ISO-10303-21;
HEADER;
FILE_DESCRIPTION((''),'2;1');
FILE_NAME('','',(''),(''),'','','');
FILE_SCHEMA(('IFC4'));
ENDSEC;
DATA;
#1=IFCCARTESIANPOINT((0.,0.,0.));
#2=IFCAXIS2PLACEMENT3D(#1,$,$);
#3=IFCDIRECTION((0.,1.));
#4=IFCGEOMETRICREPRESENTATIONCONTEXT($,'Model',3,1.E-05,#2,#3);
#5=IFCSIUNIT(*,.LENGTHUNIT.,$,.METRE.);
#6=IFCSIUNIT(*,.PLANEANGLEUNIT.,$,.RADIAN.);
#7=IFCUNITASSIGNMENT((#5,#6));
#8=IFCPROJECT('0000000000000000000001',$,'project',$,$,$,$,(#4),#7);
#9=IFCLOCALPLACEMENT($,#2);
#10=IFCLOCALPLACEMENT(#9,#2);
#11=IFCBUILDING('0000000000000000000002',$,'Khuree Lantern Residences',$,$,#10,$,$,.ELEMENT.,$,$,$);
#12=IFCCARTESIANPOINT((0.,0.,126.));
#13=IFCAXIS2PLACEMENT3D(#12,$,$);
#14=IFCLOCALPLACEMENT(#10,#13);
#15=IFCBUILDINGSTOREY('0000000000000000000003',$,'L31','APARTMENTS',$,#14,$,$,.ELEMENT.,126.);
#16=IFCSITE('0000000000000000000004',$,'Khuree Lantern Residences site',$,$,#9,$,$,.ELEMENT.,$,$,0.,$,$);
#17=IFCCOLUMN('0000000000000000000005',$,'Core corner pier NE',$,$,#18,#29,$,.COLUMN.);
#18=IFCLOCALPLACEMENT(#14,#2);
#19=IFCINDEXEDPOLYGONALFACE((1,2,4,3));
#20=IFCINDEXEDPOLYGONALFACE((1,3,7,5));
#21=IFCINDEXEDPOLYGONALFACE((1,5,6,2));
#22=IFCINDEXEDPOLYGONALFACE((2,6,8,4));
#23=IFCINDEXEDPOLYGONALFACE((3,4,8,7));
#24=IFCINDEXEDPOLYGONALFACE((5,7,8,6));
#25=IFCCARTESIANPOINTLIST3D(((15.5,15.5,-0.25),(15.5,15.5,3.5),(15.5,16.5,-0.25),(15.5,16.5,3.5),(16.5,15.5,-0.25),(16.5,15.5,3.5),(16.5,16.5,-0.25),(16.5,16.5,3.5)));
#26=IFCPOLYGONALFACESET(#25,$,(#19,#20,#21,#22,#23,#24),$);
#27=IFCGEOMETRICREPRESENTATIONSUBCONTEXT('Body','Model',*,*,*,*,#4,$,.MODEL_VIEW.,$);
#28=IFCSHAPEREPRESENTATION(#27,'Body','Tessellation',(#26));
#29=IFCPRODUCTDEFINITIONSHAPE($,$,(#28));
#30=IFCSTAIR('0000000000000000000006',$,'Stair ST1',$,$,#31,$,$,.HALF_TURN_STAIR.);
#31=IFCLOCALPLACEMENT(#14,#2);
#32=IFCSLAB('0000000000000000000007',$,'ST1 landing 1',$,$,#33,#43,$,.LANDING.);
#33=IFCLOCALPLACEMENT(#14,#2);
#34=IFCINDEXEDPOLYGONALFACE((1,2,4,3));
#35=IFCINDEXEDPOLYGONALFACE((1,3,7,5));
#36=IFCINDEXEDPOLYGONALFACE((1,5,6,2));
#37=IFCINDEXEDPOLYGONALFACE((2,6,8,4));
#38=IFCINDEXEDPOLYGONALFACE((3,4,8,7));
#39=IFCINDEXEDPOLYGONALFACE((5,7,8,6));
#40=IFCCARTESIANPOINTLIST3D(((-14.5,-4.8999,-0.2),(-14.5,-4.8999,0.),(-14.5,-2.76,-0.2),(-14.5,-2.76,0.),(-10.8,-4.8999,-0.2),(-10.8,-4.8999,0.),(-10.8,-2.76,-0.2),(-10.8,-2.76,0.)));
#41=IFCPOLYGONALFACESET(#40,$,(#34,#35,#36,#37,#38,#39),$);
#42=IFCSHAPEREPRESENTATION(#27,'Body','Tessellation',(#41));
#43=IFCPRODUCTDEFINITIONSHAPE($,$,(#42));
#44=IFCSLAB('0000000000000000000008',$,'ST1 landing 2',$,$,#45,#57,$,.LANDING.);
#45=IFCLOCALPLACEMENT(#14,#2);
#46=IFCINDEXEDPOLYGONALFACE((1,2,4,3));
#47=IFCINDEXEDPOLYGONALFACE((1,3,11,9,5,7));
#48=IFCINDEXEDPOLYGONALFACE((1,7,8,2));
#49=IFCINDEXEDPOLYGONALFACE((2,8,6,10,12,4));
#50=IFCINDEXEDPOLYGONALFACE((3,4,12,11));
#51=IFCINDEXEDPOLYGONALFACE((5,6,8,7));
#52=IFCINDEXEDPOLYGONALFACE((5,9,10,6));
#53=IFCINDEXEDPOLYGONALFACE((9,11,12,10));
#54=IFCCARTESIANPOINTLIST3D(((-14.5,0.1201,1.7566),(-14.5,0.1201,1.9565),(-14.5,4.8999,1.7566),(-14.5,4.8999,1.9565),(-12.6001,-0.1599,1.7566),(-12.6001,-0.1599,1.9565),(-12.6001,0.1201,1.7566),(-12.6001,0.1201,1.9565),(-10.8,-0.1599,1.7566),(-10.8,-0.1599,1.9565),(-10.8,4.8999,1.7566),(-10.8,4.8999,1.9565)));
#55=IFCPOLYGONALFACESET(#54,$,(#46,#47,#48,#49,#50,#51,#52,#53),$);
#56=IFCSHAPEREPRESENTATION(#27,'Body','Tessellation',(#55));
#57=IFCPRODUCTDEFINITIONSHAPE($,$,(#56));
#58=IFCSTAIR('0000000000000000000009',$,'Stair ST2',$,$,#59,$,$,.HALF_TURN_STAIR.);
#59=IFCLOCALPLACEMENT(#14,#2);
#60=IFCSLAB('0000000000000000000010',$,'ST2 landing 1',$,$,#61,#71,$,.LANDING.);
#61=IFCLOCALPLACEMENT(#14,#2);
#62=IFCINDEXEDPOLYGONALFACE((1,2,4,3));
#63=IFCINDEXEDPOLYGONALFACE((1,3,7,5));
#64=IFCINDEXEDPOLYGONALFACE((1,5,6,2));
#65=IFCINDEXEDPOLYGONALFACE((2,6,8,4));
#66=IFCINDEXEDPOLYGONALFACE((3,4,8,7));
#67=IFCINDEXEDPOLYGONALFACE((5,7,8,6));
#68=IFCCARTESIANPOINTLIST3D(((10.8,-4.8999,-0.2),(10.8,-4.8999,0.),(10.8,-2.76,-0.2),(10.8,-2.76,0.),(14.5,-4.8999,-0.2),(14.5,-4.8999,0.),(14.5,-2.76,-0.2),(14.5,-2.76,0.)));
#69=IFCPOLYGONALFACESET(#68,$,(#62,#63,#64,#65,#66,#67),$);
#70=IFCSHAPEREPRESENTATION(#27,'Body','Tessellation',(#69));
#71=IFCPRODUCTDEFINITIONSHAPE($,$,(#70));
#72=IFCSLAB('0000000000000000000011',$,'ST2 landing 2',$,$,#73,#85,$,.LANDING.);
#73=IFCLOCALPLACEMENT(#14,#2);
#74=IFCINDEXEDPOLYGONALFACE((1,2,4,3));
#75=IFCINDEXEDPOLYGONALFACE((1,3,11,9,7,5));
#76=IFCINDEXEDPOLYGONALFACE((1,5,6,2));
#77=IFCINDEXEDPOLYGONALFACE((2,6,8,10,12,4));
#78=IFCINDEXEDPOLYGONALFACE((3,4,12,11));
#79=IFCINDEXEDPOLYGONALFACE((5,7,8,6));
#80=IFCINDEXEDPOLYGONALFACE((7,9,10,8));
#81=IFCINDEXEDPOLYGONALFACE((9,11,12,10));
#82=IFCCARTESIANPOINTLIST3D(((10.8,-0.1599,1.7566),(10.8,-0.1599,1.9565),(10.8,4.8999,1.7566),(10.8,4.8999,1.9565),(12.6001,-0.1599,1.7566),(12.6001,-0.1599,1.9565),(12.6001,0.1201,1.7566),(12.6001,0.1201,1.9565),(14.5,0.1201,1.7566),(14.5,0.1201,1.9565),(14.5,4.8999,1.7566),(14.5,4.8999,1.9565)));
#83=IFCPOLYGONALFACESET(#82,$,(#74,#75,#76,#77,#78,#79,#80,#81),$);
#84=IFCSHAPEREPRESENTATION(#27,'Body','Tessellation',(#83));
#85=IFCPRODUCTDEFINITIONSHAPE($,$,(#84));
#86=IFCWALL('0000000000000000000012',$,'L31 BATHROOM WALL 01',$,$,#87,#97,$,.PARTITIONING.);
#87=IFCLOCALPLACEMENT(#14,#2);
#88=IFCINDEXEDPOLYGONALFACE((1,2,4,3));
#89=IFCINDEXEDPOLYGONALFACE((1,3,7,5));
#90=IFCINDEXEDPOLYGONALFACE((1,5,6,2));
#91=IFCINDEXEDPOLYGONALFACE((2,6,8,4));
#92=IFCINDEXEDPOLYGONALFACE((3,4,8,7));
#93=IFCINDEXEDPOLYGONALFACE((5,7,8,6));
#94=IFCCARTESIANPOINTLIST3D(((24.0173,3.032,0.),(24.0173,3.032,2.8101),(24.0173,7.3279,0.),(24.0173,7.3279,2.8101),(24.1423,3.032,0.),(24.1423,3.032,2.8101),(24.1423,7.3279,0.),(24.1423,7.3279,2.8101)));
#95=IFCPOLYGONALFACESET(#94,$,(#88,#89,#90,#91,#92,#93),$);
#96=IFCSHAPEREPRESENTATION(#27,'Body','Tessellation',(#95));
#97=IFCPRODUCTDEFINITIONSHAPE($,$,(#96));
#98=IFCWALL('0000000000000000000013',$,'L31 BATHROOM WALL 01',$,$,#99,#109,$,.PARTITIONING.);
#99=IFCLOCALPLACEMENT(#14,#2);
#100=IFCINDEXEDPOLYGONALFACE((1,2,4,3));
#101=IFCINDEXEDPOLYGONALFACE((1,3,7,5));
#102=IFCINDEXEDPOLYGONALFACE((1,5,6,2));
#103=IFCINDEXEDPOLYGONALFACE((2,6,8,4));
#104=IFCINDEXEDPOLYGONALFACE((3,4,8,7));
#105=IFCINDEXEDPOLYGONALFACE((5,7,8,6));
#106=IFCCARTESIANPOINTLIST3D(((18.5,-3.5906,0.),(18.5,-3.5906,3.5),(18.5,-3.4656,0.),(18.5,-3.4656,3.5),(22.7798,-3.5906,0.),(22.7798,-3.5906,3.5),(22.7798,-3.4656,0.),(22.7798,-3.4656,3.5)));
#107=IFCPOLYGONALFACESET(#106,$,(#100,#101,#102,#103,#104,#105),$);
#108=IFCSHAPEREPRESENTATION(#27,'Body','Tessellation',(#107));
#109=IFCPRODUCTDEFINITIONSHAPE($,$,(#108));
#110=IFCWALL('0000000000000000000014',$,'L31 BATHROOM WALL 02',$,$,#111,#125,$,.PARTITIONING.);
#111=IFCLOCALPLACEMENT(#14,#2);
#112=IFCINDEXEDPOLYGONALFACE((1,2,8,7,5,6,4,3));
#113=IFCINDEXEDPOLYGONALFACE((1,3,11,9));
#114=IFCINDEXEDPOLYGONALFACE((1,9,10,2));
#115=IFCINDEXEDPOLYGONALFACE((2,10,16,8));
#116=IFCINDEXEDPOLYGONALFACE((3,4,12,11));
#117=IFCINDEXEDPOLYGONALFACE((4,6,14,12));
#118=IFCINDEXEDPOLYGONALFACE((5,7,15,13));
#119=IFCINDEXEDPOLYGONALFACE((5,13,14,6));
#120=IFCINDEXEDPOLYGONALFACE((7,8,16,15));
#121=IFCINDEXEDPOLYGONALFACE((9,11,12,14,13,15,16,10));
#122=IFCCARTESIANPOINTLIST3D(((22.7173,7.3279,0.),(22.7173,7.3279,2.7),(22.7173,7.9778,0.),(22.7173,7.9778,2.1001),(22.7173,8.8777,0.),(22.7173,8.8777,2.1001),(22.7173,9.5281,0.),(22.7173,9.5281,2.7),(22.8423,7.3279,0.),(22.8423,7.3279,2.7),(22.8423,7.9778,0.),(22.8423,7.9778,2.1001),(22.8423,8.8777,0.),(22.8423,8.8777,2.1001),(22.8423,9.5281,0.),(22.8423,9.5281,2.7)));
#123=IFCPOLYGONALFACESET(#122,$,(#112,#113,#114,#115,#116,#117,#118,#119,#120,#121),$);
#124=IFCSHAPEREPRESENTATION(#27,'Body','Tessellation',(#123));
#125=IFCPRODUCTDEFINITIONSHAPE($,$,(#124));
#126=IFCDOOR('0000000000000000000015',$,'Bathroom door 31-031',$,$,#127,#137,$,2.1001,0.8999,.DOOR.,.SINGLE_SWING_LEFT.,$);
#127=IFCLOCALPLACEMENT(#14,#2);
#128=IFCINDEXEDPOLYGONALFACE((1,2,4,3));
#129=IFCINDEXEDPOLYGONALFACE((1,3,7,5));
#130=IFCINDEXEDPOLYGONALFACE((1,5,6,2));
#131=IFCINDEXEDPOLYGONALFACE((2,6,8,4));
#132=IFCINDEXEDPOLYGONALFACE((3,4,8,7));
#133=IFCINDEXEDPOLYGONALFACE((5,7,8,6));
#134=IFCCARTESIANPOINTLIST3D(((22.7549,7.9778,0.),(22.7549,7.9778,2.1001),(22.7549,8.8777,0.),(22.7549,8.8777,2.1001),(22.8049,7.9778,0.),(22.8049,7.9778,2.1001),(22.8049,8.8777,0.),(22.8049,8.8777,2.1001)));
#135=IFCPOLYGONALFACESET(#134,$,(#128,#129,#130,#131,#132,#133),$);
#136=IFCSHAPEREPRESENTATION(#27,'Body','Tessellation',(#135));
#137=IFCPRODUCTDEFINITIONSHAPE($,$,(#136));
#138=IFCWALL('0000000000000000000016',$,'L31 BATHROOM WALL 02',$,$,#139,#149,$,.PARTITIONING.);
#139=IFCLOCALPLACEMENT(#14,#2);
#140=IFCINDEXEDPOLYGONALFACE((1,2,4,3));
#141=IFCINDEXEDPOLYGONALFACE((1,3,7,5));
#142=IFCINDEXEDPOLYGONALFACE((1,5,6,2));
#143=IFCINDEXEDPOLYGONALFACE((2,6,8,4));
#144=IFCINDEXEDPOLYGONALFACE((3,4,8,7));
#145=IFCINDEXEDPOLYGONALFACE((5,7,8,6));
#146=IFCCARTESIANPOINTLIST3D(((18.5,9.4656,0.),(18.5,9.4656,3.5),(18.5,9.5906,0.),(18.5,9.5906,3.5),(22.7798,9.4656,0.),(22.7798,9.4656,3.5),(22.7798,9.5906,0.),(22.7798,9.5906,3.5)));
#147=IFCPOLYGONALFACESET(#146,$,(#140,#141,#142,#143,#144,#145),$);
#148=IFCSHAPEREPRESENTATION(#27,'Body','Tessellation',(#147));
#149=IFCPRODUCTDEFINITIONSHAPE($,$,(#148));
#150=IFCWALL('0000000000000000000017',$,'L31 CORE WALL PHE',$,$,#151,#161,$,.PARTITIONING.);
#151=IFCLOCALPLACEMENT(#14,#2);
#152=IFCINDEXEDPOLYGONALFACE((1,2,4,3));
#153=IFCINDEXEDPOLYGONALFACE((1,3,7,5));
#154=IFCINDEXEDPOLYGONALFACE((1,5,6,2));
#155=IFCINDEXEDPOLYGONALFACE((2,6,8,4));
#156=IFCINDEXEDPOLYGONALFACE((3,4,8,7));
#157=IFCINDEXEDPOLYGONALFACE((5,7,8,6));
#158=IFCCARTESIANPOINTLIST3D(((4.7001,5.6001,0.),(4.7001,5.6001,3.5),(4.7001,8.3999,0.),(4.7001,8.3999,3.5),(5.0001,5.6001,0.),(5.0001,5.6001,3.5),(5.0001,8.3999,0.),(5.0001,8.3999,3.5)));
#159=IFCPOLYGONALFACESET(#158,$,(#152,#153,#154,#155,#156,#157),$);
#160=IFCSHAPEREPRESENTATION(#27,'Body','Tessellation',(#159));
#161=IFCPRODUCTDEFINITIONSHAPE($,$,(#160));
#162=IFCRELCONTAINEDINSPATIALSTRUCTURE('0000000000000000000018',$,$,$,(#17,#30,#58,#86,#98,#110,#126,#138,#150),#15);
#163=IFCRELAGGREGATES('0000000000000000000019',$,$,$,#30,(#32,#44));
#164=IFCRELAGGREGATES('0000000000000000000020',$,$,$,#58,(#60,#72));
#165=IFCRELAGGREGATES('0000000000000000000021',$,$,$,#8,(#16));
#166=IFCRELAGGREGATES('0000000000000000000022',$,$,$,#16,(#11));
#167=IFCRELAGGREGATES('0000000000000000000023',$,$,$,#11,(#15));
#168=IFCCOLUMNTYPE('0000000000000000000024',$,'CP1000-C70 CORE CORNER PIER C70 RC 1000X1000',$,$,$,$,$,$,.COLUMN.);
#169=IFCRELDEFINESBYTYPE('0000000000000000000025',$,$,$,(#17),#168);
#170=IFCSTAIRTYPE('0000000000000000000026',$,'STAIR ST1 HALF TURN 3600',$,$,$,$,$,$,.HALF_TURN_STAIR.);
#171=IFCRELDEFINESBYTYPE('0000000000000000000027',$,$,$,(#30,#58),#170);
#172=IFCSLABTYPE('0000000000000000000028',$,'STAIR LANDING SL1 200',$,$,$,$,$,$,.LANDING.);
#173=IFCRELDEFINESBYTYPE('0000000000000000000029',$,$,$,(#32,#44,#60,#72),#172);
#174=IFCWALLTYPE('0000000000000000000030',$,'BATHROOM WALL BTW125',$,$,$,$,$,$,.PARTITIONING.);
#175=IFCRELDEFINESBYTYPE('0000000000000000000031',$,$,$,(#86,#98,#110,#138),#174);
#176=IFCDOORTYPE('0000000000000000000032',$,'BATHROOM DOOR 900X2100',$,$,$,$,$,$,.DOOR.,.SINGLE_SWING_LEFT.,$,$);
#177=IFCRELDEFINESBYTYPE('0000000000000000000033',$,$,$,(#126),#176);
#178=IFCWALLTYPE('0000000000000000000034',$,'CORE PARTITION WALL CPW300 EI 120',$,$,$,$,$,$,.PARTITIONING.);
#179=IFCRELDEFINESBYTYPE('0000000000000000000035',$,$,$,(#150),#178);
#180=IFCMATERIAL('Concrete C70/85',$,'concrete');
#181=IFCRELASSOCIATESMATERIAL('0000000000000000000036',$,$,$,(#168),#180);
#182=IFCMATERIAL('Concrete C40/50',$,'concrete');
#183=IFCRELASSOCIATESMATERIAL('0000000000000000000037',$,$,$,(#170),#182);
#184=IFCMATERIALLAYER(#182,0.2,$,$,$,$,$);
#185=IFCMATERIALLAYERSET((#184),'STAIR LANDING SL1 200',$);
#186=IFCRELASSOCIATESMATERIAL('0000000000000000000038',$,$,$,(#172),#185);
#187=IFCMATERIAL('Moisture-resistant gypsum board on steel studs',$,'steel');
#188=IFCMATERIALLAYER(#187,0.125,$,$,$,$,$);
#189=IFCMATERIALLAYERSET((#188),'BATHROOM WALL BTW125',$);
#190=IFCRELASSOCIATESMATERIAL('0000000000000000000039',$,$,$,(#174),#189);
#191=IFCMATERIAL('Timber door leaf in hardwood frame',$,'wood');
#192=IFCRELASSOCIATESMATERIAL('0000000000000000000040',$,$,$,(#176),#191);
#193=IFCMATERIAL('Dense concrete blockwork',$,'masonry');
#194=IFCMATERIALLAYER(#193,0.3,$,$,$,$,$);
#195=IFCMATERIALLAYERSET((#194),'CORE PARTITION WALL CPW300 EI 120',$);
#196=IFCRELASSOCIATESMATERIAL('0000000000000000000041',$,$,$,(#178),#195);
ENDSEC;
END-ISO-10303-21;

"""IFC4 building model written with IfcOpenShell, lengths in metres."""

from ifc_helpers import new_model, si_unit, direction, frame, frame_2d, origin, origin_2d, place, context, subcontext, project, spatial, polyline, rectangle, outline, extrude, material, layer, layer_set, material_profile, profile_set, type_object, element, fill, aggregate, save


model = new_model("IFC4")

# Units and contexts
model_context = context("Model", 3, precision=1e-05, world=origin(), true_north=direction((0.0, 1.0)))
body_context = subcontext(model_context, "Body", "Model", "MODEL_VIEW")
ifc_project = project(units=[si_unit("LENGTHUNIT", "METRE"), si_unit("PLANEANGLEUNIT", "RADIAN")], contexts=[model_context])

# Site, building, storey
site_placement = place(None, origin())
site = spatial("IfcSite", under=ifc_project, at=site_placement, Name="Khuree Lantern Residences site", CompositionType="ELEMENT", RefElevation=0.0)
building_placement = place(site_placement, origin())
building = spatial("IfcBuilding", under=site, at=building_placement, Name="Khuree Lantern Residences", CompositionType="ELEMENT")
storey_placement = place(building_placement, frame((0.0, 0.0, 126.0)))
storey = spatial("IfcBuildingStorey", under=building, at=storey_placement, Name="L31", Description="APARTMENTS", CompositionType="ELEMENT", Elevation=126.0)

# Column
ifc_material_1 = material(Name="Concrete C70/85", Category="concrete")
ifc_material_profile = material_profile(ifc_material_1, rectangle(XDim=1.0, YDim=1.0, at=origin_2d()), Name="RC 1000X1000")
ifc_profile_set = profile_set([ifc_material_profile], Name="Concrete C70/85")
column_type = type_object("IfcColumnType", Name="CP1000-C70 CORE CORNER PIER C70 RC 1000X1000", PredefinedType="COLUMN", material=ifc_profile_set)
column_placement = place(storey_placement, frame((16.0, 16.0, -0.25), z_axis=(0.0, 0.0, 1.0), x_axis=(1.0, 0.0, 0.0)))
element("IfcColumn", 1, at=column_placement, inside=storey, type_object=column_type, Name="Core corner pier NE", PredefinedType="COLUMN", context=body_context, shape_type="SweptSolid", body=[
    extrude(rectangle(XDim=1.0, YDim=1.0, at=origin_2d()), origin(), (0.0, 0.0, 1.0), 3.75),
])

# Stairs, slabs
ifc_material_2 = material(Name="Concrete C40/50", Category="concrete")
stair_type = type_object("IfcStairType", Name="STAIR ST1 HALF TURN 3600", PredefinedType="HALF_TURN_STAIR", material=ifc_material_2)
stair_1_placement = place(storey_placement, origin())
stair_1 = element("IfcStair", 2, at=stair_1_placement, inside=storey, type_object=stair_type, Name="Stair ST1", PredefinedType="HALF_TURN_STAIR")
ifc_layer_1 = layer(ifc_material_2, 0.2)
ifc_layer_set_1 = layer_set([ifc_layer_1], Name="STAIR LANDING SL1 200")
slab_type = type_object("IfcSlabType", Name="STAIR LANDING SL1 200", PredefinedType="LANDING", material=ifc_layer_set_1)
slab_1_placement = place(storey_placement, frame((0.0, 0.0, -0.2)))
slab_1 = element("IfcSlab", 3, at=slab_1_placement, type_object=slab_type, Name="ST1 landing 1", PredefinedType="LANDING", context=body_context, shape_type="SweptSolid", body=[
    extrude(outline(polyline([(-14.5, -4.8999), (-10.8, -4.8999), (-10.8, -2.76), (-14.5, -2.76), (-14.5, -4.8999)])), origin(), (0.0, 0.0, 1.0), 0.2),
])
slab_2_placement = place(storey_placement, frame((0.0, 0.0, 1.7566)))
slab_2 = element("IfcSlab", 4, at=slab_2_placement, type_object=slab_type, Name="ST1 landing 2", PredefinedType="LANDING", context=body_context, shape_type="SweptSolid", body=[
    extrude(outline(polyline([(-14.5, 0.1201), (-14.5, 4.8999), (-10.8, 4.8999), (-10.8, -0.1599), (-12.6001, -0.1599), (-12.6001, 0.1201), (-14.5, 0.1201)])), origin(), (0.0, 0.0, 1.0), 0.2),
])
aggregate(stair_1, [slab_1, slab_2])
stair_2_placement = place(storey_placement, origin())
stair_2 = element("IfcStair", 5, at=stair_2_placement, inside=storey, type_object=stair_type, Name="Stair ST2", PredefinedType="HALF_TURN_STAIR")
slab_3_placement = place(storey_placement, frame((0.0, 0.0, -0.2)))
slab_3 = element("IfcSlab", 6, at=slab_3_placement, type_object=slab_type, Name="ST2 landing 1", PredefinedType="LANDING", context=body_context, shape_type="SweptSolid", body=[
    extrude(outline(polyline([(10.8, -4.8999), (14.5, -4.8999), (14.5, -2.76), (10.8, -2.76), (10.8, -4.8999)])), origin(), (0.0, 0.0, 1.0), 0.2),
])
slab_4_placement = place(storey_placement, frame((0.0, 0.0, 1.7566)))
slab_4 = element("IfcSlab", 7, at=slab_4_placement, type_object=slab_type, Name="ST2 landing 2", PredefinedType="LANDING", context=body_context, shape_type="SweptSolid", body=[
    extrude(outline(polyline([(14.5, 4.8999), (14.5, 0.1201), (12.6001, 0.1201), (12.6001, -0.1599), (10.8, -0.1599), (10.8, 4.8999), (14.5, 4.8999)])), origin(), (0.0, 0.0, 1.0), 0.2),
])

# Walls
ifc_material_3 = material(Name="Moisture-resistant gypsum board on steel studs", Category="steel")
ifc_layer_2 = layer(ifc_material_3, 0.125)
ifc_layer_set_2 = layer_set([ifc_layer_2], Name="BATHROOM WALL BTW125")
wall_type_1 = type_object("IfcWallType", Name="BATHROOM WALL BTW125", PredefinedType="PARTITIONING", material=ifc_layer_set_2)
wall_1_placement = place(storey_placement, frame((24.0798, 3.032, 0.0), z_axis=(0.0, 0.0, 1.0), x_axis=(0.0, 1.0, 0.0)))
element("IfcWall", 8, at=wall_1_placement, inside=storey, type_object=wall_type_1, Name="L31 BATHROOM WALL 01", PredefinedType="PARTITIONING", context=body_context, shape_type="SweptSolid", body=[
    extrude(rectangle(XDim=4.2959, YDim=0.125, at=frame_2d((2.1479, 0.0))), origin(), (0.0, 0.0, 1.0), 2.8101),
])
wall_2_placement = place(storey_placement, frame((18.5, -3.5281, 0.0), z_axis=(0.0, 0.0, 1.0), x_axis=(1.0, 0.0, 0.0)))
element("IfcWall", 9, at=wall_2_placement, inside=storey, type_object=wall_type_1, Name="L31 BATHROOM WALL 01", PredefinedType="PARTITIONING", context=body_context, shape_type="SweptSolid", body=[
    extrude(rectangle(XDim=4.2798, YDim=0.125, at=frame_2d((2.1399, 0.0))), origin(), (0.0, 0.0, 1.0), 3.5),
])

# Wall, opening, door
wall_3_placement = place(storey_placement, frame((22.7798, 7.3279, 0.0), z_axis=(0.0, 0.0, 1.0), x_axis=(0.0, 1.0, 0.0)))
wall_3 = element("IfcWall", 10, at=wall_3_placement, inside=storey, type_object=wall_type_1, Name="L31 BATHROOM WALL 02", PredefinedType="PARTITIONING", context=body_context, shape_type="SweptSolid", body=[
    extrude(rectangle(XDim=2.2002, YDim=0.125, at=frame_2d((1.1001, 0.0))), origin(), (0.0, 0.0, 1.0), 2.7),
])
opening_1_placement = place(wall_3_placement, frame((0.6499, 0.0, 0.0)))
opening_1 = element("IfcOpeningElement", 11, at=opening_1_placement, cuts=wall_3, PredefinedType="OPENING", context=body_context, shape_type="SweptSolid", body=[
    extrude(rectangle(XDim=0.8999, YDim=2.1001, at=frame_2d((0.45, 1.05))), frame((0.0, 0.0725, 0.0), z_axis=(0.0, -1.0, 0.0), x_axis=(1.0, 0.0, 0.0)), (0.0, 0.0, 1.0), 0.145),
])
ifc_material_4 = material(Name="Timber door leaf in hardwood frame", Category="wood")
door_type_1 = type_object("IfcDoorType", Name="BATHROOM DOOR 900X2100", OperationType="SINGLE_SWING_LEFT", PredefinedType="DOOR", material=ifc_material_4)
door_1_placement = place(opening_1_placement, origin())
door_1 = element("IfcDoor", 12, at=door_1_placement, inside=storey, type_object=door_type_1, Name="Bathroom door 31-031", OperationType="SINGLE_SWING_LEFT", OverallHeight=2.1001, OverallWidth=0.8999, PredefinedType="DOOR", context=body_context, shape_type="SweptSolid", body=[
    extrude(rectangle(XDim=0.8999, YDim=2.1001, at=frame_2d((0.45, 1.05))), frame((0.0, 0.0249, 0.0), z_axis=(0.0, -1.0, 0.0), x_axis=(1.0, 0.0, 0.0)), (0.0, 0.0, 1.0), 0.05),
])
fill(opening_1, door_1)

# Walls
wall_4_placement = place(storey_placement, frame((18.5, 9.5281, 0.0), z_axis=(0.0, 0.0, 1.0), x_axis=(1.0, 0.0, 0.0)))
element("IfcWall", 13, at=wall_4_placement, inside=storey, type_object=wall_type_1, Name="L31 BATHROOM WALL 02", PredefinedType="PARTITIONING", context=body_context, shape_type="SweptSolid", body=[
    extrude(rectangle(XDim=4.2798, YDim=0.125, at=frame_2d((2.1399, 0.0))), origin(), (0.0, 0.0, 1.0), 3.5),
])
ifc_material_5 = material(Name="Dense concrete blockwork", Category="masonry")
ifc_layer_3 = layer(ifc_material_5, 0.3)
ifc_layer_set_3 = layer_set([ifc_layer_3], Name="CORE PARTITION WALL CPW300 EI 120")
wall_type_2 = type_object("IfcWallType", Name="CORE PARTITION WALL CPW300 EI 120", PredefinedType="PARTITIONING", material=ifc_layer_set_3)
wall_5_placement = place(storey_placement, frame((4.8501, 5.6001, 0.0), z_axis=(0.0, 0.0, 1.0), x_axis=(0.0, 1.0, 0.0)))
element("IfcWall", 14, at=wall_5_placement, inside=storey, type_object=wall_type_2, Name="L31 CORE WALL PHE", PredefinedType="PARTITIONING", context=body_context, shape_type="SweptSolid", body=[
    extrude(rectangle(XDim=2.7998, YDim=0.3, at=frame_2d((1.3999, 0.0))), origin(), (0.0, 0.0, 1.0), 3.5),
])

aggregate(stair_2, [slab_3, slab_4])

save(model, "model.ifc")
